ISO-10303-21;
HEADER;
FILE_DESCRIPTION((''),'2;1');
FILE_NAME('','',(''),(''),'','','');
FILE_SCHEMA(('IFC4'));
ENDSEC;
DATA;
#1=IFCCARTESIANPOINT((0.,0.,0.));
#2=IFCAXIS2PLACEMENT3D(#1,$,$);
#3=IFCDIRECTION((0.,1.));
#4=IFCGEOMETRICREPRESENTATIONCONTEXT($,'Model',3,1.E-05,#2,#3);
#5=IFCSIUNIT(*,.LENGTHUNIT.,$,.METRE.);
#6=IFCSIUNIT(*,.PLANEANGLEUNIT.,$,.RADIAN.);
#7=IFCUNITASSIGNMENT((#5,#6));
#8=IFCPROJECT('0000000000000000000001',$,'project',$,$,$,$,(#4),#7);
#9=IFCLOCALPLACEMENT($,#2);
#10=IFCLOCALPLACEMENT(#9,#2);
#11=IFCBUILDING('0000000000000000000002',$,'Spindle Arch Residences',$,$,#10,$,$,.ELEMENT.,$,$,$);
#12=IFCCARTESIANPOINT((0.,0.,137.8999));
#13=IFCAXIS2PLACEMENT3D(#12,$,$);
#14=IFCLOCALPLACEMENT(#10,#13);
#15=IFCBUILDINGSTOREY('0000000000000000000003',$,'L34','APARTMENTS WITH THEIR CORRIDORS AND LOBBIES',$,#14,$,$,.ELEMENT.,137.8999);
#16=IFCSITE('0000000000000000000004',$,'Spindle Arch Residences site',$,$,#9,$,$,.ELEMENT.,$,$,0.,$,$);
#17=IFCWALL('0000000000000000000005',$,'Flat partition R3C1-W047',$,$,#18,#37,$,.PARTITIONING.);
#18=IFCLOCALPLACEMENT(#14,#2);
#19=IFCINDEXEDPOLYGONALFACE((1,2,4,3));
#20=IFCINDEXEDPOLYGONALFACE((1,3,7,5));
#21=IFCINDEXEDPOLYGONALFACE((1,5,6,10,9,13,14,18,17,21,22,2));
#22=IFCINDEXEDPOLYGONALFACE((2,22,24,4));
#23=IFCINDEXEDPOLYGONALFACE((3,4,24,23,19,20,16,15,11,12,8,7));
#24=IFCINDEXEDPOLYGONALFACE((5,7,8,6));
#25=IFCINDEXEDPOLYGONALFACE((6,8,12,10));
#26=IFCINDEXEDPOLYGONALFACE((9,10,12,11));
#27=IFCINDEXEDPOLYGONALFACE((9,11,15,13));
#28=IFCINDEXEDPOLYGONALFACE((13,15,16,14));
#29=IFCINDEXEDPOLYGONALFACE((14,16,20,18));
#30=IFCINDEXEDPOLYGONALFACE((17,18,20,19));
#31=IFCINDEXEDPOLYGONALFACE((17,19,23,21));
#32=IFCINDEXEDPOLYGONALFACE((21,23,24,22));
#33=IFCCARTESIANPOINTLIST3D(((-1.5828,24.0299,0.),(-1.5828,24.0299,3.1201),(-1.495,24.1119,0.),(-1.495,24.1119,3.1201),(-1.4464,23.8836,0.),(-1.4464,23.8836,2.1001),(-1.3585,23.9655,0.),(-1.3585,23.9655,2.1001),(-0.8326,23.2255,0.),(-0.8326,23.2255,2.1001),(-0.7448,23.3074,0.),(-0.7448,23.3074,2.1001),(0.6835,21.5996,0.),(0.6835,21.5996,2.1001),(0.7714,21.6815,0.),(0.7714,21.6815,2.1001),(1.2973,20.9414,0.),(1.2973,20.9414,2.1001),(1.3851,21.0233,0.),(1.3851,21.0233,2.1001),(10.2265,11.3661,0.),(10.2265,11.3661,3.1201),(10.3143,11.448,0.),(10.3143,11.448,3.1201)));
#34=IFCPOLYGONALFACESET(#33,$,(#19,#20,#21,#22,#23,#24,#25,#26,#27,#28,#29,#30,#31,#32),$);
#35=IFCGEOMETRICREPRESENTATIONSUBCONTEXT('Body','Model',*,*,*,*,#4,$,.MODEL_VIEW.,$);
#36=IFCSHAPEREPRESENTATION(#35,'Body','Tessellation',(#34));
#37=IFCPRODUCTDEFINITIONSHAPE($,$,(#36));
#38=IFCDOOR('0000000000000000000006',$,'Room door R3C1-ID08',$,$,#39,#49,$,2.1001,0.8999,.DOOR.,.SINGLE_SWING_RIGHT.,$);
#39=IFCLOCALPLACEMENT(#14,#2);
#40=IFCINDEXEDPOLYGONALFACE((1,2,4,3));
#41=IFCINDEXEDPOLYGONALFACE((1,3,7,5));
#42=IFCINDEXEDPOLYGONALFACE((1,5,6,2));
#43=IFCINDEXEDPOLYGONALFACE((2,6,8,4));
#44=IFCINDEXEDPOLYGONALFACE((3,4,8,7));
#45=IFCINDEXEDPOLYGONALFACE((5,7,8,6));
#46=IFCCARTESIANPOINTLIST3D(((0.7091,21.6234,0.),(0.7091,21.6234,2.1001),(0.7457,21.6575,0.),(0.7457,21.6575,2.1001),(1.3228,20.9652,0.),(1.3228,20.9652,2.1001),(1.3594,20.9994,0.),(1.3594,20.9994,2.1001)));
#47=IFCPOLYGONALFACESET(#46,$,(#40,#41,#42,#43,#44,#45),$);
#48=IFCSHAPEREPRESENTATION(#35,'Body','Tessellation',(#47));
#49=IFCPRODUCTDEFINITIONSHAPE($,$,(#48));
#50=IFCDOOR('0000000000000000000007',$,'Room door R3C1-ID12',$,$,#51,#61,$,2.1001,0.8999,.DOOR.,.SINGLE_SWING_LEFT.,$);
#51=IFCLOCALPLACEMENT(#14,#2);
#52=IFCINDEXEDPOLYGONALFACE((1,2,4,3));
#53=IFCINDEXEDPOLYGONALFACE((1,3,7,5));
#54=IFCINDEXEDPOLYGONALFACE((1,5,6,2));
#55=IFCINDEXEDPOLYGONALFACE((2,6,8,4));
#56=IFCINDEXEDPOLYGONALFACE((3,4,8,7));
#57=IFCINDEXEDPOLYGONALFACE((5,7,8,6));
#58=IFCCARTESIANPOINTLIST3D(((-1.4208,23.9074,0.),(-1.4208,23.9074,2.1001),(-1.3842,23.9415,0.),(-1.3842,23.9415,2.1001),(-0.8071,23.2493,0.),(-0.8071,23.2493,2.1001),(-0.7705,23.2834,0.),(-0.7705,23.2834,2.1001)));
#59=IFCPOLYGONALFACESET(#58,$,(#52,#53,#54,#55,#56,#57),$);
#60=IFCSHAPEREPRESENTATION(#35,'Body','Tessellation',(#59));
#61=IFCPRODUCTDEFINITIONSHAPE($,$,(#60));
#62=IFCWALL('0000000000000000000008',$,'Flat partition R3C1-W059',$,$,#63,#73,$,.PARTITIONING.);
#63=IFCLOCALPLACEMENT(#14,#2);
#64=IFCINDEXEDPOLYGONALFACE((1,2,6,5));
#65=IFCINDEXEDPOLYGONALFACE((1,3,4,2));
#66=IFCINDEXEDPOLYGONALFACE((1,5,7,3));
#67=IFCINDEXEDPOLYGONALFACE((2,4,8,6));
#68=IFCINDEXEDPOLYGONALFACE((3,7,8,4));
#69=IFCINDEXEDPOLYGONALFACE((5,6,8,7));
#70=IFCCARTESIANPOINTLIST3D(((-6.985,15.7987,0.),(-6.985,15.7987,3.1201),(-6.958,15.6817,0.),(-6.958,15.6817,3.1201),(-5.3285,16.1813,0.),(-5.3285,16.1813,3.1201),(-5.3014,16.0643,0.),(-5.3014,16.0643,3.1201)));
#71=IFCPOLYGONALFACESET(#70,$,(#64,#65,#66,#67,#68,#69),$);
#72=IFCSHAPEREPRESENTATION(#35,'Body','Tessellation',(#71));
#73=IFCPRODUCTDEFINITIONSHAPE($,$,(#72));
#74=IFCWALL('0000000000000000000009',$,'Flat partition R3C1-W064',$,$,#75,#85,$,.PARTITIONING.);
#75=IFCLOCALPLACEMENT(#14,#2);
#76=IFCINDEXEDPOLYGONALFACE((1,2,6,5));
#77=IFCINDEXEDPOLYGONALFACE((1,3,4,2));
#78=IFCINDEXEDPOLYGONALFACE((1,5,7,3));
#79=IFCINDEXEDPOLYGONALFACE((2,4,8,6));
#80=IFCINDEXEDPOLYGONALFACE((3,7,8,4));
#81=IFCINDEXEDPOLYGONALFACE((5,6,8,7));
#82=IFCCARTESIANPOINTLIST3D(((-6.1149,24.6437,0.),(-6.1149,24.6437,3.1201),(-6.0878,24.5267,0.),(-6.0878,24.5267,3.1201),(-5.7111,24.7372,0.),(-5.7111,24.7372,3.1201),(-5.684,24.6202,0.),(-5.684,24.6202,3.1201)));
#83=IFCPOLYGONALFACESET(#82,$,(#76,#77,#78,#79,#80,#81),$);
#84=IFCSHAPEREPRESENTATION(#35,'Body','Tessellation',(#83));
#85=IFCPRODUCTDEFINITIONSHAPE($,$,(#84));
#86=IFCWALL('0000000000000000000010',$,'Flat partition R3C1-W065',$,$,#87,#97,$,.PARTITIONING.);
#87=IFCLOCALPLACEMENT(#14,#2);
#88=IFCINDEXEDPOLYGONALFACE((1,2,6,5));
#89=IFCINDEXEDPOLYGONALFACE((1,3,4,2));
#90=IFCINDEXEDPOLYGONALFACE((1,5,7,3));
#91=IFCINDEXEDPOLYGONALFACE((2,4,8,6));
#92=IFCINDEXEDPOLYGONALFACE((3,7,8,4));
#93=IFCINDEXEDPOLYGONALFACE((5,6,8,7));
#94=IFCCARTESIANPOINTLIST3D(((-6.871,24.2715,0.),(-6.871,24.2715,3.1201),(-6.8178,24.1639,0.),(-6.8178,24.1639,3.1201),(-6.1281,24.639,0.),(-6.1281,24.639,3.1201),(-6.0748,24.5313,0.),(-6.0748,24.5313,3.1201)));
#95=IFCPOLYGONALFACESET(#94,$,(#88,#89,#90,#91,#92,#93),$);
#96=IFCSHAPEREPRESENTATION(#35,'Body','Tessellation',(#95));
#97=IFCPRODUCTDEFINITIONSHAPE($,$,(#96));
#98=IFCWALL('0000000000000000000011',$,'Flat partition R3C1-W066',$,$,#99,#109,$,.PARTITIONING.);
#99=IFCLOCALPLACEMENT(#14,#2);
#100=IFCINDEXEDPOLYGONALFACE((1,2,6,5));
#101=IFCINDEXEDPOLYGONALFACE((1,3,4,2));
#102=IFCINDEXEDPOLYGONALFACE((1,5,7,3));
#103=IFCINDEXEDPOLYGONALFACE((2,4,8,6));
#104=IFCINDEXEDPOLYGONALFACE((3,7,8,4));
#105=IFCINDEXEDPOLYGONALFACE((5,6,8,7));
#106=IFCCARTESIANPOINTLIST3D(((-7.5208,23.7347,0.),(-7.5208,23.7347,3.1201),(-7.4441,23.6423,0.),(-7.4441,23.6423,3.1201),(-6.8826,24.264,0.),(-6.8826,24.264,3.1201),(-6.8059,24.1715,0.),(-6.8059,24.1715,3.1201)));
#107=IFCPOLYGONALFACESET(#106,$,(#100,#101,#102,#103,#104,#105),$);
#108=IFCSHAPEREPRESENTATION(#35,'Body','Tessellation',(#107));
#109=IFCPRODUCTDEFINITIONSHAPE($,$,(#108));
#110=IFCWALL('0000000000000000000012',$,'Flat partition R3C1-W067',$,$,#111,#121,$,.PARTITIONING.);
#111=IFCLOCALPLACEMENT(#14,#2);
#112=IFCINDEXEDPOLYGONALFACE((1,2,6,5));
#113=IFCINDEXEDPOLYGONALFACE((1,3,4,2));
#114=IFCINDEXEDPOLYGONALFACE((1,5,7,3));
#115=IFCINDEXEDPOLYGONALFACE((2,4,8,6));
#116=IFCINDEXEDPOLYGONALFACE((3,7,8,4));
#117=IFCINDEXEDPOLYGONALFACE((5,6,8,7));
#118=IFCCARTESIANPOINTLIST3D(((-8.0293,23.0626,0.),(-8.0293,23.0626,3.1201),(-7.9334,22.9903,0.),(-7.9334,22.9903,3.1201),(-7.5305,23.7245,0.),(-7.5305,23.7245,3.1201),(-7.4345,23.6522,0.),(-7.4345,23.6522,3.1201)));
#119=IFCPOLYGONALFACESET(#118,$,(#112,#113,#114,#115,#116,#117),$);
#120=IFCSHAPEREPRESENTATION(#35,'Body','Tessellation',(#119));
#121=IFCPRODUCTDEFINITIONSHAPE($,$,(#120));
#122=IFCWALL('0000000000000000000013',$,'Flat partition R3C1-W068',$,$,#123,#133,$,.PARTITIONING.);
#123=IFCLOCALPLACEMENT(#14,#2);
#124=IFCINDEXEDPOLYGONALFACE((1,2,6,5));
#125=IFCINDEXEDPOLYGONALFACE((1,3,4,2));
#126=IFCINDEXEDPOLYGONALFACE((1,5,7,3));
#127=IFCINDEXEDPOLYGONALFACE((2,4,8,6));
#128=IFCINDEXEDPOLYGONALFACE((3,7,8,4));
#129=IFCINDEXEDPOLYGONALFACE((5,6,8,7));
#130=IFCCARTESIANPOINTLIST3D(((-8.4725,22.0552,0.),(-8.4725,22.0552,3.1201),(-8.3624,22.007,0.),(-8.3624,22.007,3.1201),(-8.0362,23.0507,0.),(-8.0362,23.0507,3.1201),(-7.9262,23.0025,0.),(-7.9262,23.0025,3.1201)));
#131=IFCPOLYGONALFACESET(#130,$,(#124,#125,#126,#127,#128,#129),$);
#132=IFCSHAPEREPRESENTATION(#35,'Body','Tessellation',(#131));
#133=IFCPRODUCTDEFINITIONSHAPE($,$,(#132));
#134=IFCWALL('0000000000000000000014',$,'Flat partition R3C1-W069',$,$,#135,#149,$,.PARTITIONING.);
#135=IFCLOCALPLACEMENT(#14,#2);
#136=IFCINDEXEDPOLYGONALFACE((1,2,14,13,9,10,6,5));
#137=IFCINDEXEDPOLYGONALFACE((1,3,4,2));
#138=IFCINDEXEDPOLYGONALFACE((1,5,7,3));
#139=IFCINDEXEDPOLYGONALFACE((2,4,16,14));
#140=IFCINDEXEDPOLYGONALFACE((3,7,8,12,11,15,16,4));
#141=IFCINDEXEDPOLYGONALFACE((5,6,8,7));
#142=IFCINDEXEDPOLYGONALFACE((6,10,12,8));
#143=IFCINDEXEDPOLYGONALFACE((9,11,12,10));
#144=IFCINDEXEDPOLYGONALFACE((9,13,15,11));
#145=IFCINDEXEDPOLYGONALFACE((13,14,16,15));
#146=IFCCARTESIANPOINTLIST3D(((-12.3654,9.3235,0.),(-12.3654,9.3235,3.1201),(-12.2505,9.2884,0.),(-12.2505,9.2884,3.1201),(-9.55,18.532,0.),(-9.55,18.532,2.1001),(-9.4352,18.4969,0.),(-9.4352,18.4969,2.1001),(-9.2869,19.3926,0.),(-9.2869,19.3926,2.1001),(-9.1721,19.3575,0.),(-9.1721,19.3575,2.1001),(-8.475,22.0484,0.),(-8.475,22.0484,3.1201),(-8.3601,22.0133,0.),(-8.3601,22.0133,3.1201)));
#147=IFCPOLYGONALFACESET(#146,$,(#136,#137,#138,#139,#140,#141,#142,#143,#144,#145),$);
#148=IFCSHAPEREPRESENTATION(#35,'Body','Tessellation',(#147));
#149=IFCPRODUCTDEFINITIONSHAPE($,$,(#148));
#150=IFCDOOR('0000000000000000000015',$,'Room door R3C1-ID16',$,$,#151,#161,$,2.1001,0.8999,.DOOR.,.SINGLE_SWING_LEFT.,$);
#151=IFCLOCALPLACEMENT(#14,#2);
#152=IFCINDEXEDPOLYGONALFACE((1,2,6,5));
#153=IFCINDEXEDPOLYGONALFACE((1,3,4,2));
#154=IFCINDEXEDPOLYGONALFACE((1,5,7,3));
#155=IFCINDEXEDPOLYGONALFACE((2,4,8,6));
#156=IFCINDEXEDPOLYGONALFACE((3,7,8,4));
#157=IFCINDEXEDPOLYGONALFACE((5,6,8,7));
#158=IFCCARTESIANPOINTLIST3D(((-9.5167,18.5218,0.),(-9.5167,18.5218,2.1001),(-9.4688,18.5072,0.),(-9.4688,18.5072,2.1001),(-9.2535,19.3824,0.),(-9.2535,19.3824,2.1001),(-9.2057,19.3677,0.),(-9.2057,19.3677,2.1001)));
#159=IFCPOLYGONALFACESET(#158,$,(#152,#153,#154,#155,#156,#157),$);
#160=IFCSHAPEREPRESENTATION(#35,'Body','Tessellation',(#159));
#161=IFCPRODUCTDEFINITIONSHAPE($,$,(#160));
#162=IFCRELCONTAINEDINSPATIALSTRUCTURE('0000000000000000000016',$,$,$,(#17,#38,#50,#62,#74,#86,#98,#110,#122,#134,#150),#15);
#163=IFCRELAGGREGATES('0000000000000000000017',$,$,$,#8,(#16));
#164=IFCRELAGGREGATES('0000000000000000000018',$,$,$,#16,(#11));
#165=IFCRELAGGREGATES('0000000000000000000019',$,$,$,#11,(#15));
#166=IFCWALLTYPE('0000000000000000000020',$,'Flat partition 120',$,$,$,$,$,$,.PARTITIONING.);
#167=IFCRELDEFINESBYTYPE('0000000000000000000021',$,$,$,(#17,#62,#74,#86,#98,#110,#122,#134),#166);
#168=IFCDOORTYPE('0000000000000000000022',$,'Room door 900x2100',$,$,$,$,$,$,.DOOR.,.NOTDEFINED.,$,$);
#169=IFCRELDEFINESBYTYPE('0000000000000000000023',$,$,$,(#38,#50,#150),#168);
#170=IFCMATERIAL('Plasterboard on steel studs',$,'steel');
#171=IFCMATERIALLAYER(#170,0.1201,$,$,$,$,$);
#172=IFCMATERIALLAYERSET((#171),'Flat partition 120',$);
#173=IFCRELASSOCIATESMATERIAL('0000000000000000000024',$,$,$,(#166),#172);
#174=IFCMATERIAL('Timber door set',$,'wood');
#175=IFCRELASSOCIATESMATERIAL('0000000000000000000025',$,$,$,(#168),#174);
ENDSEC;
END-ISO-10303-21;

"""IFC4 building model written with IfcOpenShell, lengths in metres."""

from ifc_helpers import new_model, si_unit, direction, frame, frame_2d, origin, place, context, subcontext, project, spatial, rectangle, extrude, material, layer, layer_set, type_object, element, fill, save


model = new_model("IFC4")

# Units and contexts
model_context = context("Model", 3, precision=1e-05, world=origin(), true_north=direction((0.0, 1.0)))
body_context = subcontext(model_context, "Body", "Model", "MODEL_VIEW")
ifc_project = project(units=[si_unit("LENGTHUNIT", "METRE"), si_unit("PLANEANGLEUNIT", "RADIAN")], contexts=[model_context])

# Site, building, storey
site_placement = place(None, origin())
site = spatial("IfcSite", under=ifc_project, at=site_placement, Name="Spindle Arch Residences site", CompositionType="ELEMENT", RefElevation=0.0)
building_placement = place(site_placement, origin())
building = spatial("IfcBuilding", under=site, at=building_placement, Name="Spindle Arch Residences", CompositionType="ELEMENT")
storey_placement = place(building_placement, frame((0.0, 0.0, 137.8999)))
storey = spatial("IfcBuildingStorey", under=building, at=storey_placement, Name="L34", Description="APARTMENTS WITH THEIR CORRIDORS AND LOBBIES", CompositionType="ELEMENT", Elevation=137.8999)

# Shared definitions
ifc_material_1 = material(Name="Plasterboard on steel studs", Category="steel")
ifc_layer_1 = layer(ifc_material_1, 0.1201)
ifc_layer_set_1 = layer_set([ifc_layer_1], Name="Flat partition 120")
wall_type_1 = type_object("IfcWallType", Name="Flat partition 120", PredefinedType="PARTITIONING", material=ifc_layer_set_1)

# Wall, openings, doors
wall_1_placement = place(storey_placement, frame((-1.5388, 24.0708, 0.0), z_axis=(0.0, 0.0, 1.0), x_axis=(0.682002, -0.73135, 0.0)))
wall_1 = element("IfcWall", 1, at=wall_1_placement, inside=storey, type_object=wall_type_1, Name="Flat partition R3C1-W047", PredefinedType="PARTITIONING", context=body_context, shape_type="SweptSolid", body=[
    extrude(rectangle(XDim=17.3157, YDim=0.1201, at=frame_2d((8.6577, 0.0))), origin(), (0.0, 0.0, 1.0), 3.1201),
])
opening_1_placement = place(wall_1_placement, frame((3.323, 0.0, 0.0)))
opening_1 = element("IfcOpeningElement", 2, at=opening_1_placement, cuts=wall_1, PredefinedType="OPENING", context=body_context, shape_type="SweptSolid", body=[
    extrude(rectangle(XDim=0.8999, YDim=2.1001, at=frame_2d((0.45, 1.05))), frame((0.0, 0.0701, 0.0), z_axis=(0.0, -1.0, 0.0), x_axis=(1.0, 0.0, 0.0)), (0.0, 0.0, 1.0), 0.1401),
])
opening_2_placement = place(wall_1_placement, frame((0.2, 0.0, 0.0)))
opening_2 = element("IfcOpeningElement", 3, at=opening_2_placement, cuts=wall_1, PredefinedType="OPENING", context=body_context, shape_type="SweptSolid", body=[
    extrude(rectangle(XDim=0.8999, YDim=2.1001, at=frame_2d((0.45, 1.05))), frame((0.0, 0.0701, 0.0), z_axis=(0.0, -1.0, 0.0), x_axis=(1.0, 0.0, 0.0)), (0.0, 0.0, 1.0), 0.1401),
])
ifc_material_2 = material(Name="Timber door set", Category="wood")
door_type = type_object("IfcDoorType", Name="Room door 900x2100", OperationType="NOTDEFINED", PredefinedType="DOOR", material=ifc_material_2)
door_1_placement = place(opening_1_placement, origin())
door_1 = element("IfcDoor", 4, at=door_1_placement, inside=storey, type_object=door_type, Name="Room door R3C1-ID08", OperationType="SINGLE_SWING_RIGHT", OverallHeight=2.1001, OverallWidth=0.8999, PredefinedType="DOOR", context=body_context, shape_type="SweptSolid", body=[
    extrude(rectangle(XDim=0.8999, YDim=2.1001, at=frame_2d((0.45, 1.05))), frame((0.0, 0.0249, 0.0), z_axis=(0.0, -1.0, 0.0), x_axis=(1.0, 0.0, 0.0)), (0.0, 0.0, 1.0), 0.05),
])
fill(opening_1, door_1)
door_2_placement = place(opening_2_placement, origin())
door_2 = element("IfcDoor", 5, at=door_2_placement, inside=storey, type_object=door_type, Name="Room door R3C1-ID12", OperationType="SINGLE_SWING_LEFT", OverallHeight=2.1001, OverallWidth=0.8999, PredefinedType="DOOR", context=body_context, shape_type="SweptSolid", body=[
    extrude(rectangle(XDim=0.8999, YDim=2.1001, at=frame_2d((0.45, 1.05))), frame((0.0, 0.0249, 0.0), z_axis=(0.0, -1.0, 0.0), x_axis=(1.0, 0.0, 0.0)), (0.0, 0.0, 1.0), 0.05),
])
fill(opening_2, door_2)

# Walls
wall_2_placement = place(storey_placement, frame((-5.3149, 16.1228, 0.0), z_axis=(0.0, 0.0, 1.0), x_axis=(-0.974352, -0.225027, 0.0)))
element("IfcWall", 6, at=wall_2_placement, inside=storey, type_object=wall_type_1, Name="Flat partition R3C1-W059", PredefinedType="PARTITIONING", context=body_context, shape_type="SweptSolid", body=[
    extrude(rectangle(XDim=1.7002, YDim=0.1201, at=frame_2d((0.8501, 0.0))), origin(), (0.0, 0.0, 1.0), 3.1201),
])
wall_3_placement = place(storey_placement, frame((-5.6975, 24.6787, 0.0), z_axis=(0.0, 0.0, 1.0), x_axis=(-0.974222, -0.225591, 0.0)))
element("IfcWall", 7, at=wall_3_placement, inside=storey, type_object=wall_type_1, Name="Flat partition R3C1-W064", PredefinedType="PARTITIONING", context=body_context, shape_type="SweptSolid", body=[
    extrude(rectangle(XDim=0.4146, YDim=0.1201, at=frame_2d((0.2073, 0.0))), origin(), (0.0, 0.0, 1.0), 3.1201),
])
wall_4_placement = place(storey_placement, frame((-6.1013, 24.5852, 0.0), z_axis=(0.0, 0.0, 1.0), x_axis=(-0.896363, -0.443321, 0.0)))
element("IfcWall", 8, at=wall_4_placement, inside=storey, type_object=wall_type_1, Name="Flat partition R3C1-W065", PredefinedType="PARTITIONING", context=body_context, shape_type="SweptSolid", body=[
    extrude(rectangle(XDim=0.8289, YDim=0.1201, at=frame_2d((0.4146, 0.0))), origin(), (0.0, 0.0, 1.0), 3.1201),
])
wall_5_placement = place(storey_placement, frame((-6.8442, 24.2178, 0.0), z_axis=(0.0, 0.0, 1.0), x_axis=(-0.769716, -0.638387, 0.0)))
element("IfcWall", 9, at=wall_5_placement, inside=storey, type_object=wall_type_1, Name="Flat partition R3C1-W066", PredefinedType="PARTITIONING", context=body_context, shape_type="SweptSolid", body=[
    extrude(rectangle(XDim=0.8291, YDim=0.1201, at=frame_2d((0.4146, 0.0))), origin(), (0.0, 0.0, 1.0), 3.1201),
])
wall_6_placement = place(storey_placement, frame((-7.4824, 23.6885, 0.0), z_axis=(0.0, 0.0, 1.0), x_axis=(-0.601837, -0.798619, 0.0)))
element("IfcWall", 10, at=wall_6_placement, inside=storey, type_object=wall_type_1, Name="Flat partition R3C1-W067", PredefinedType="PARTITIONING", context=body_context, shape_type="SweptSolid", body=[
    extrude(rectangle(XDim=0.8289, YDim=0.1201, at=frame_2d((0.4146, 0.0))), origin(), (0.0, 0.0, 1.0), 3.1201),
])
wall_7_placement = place(storey_placement, frame((-7.9812, 23.0266, 0.0), z_axis=(0.0, 0.0, 1.0), x_axis=(-0.401361, -0.91592, 0.0)))
element("IfcWall", 11, at=wall_7_placement, inside=storey, type_object=wall_type_1, Name="Flat partition R3C1-W068", PredefinedType="PARTITIONING", context=body_context, shape_type="SweptSolid", body=[
    extrude(rectangle(XDim=1.0869, YDim=0.1201, at=frame_2d((0.5435, 0.0))), origin(), (0.0, 0.0, 1.0), 3.1201),
])

# Wall, opening, door
wall_8_placement = place(storey_placement, frame((-8.4175, 22.031, 0.0), z_axis=(0.0, 0.0, 1.0), x_axis=(-0.292372, -0.956305, 0.0)))
wall_8 = element("IfcWall", 12, at=wall_8_placement, inside=storey, type_object=wall_type_1, Name="Flat partition R3C1-W069", PredefinedType="PARTITIONING", context=body_context, shape_type="SweptSolid", body=[
    extrude(rectangle(XDim=13.3064, YDim=0.1201, at=frame_2d((6.6533, 0.0))), origin(), (0.0, 0.0, 1.0), 3.1201),
])
opening_3_placement = place(wall_8_placement, frame((2.7773, 0.0, 0.0)))
opening_3 = element("IfcOpeningElement", 13, at=opening_3_placement, cuts=wall_8, PredefinedType="OPENING", context=body_context, shape_type="SweptSolid", body=[
    extrude(rectangle(XDim=0.8999, YDim=2.1001, at=frame_2d((0.45, 1.05))), frame((0.0, 0.0701, 0.0), z_axis=(0.0, -1.0, 0.0), x_axis=(1.0, 0.0, 0.0)), (0.0, 0.0, 1.0), 0.1401),
])
door_3_placement = place(opening_3_placement, origin())
door_3 = element("IfcDoor", 14, at=door_3_placement, inside=storey, type_object=door_type, Name="Room door R3C1-ID16", OperationType="SINGLE_SWING_LEFT", OverallHeight=2.1001, OverallWidth=0.8999, PredefinedType="DOOR", context=body_context, shape_type="SweptSolid", body=[
    extrude(rectangle(XDim=0.8999, YDim=2.1001, at=frame_2d((0.45, 1.05))), frame((0.0, 0.0249, 0.0), z_axis=(0.0, -1.0, 0.0), x_axis=(1.0, 0.0, 0.0)), (0.0, 0.0, 1.0), 0.05),
])
fill(opening_3, door_3)

save(model, "model.ifc")
